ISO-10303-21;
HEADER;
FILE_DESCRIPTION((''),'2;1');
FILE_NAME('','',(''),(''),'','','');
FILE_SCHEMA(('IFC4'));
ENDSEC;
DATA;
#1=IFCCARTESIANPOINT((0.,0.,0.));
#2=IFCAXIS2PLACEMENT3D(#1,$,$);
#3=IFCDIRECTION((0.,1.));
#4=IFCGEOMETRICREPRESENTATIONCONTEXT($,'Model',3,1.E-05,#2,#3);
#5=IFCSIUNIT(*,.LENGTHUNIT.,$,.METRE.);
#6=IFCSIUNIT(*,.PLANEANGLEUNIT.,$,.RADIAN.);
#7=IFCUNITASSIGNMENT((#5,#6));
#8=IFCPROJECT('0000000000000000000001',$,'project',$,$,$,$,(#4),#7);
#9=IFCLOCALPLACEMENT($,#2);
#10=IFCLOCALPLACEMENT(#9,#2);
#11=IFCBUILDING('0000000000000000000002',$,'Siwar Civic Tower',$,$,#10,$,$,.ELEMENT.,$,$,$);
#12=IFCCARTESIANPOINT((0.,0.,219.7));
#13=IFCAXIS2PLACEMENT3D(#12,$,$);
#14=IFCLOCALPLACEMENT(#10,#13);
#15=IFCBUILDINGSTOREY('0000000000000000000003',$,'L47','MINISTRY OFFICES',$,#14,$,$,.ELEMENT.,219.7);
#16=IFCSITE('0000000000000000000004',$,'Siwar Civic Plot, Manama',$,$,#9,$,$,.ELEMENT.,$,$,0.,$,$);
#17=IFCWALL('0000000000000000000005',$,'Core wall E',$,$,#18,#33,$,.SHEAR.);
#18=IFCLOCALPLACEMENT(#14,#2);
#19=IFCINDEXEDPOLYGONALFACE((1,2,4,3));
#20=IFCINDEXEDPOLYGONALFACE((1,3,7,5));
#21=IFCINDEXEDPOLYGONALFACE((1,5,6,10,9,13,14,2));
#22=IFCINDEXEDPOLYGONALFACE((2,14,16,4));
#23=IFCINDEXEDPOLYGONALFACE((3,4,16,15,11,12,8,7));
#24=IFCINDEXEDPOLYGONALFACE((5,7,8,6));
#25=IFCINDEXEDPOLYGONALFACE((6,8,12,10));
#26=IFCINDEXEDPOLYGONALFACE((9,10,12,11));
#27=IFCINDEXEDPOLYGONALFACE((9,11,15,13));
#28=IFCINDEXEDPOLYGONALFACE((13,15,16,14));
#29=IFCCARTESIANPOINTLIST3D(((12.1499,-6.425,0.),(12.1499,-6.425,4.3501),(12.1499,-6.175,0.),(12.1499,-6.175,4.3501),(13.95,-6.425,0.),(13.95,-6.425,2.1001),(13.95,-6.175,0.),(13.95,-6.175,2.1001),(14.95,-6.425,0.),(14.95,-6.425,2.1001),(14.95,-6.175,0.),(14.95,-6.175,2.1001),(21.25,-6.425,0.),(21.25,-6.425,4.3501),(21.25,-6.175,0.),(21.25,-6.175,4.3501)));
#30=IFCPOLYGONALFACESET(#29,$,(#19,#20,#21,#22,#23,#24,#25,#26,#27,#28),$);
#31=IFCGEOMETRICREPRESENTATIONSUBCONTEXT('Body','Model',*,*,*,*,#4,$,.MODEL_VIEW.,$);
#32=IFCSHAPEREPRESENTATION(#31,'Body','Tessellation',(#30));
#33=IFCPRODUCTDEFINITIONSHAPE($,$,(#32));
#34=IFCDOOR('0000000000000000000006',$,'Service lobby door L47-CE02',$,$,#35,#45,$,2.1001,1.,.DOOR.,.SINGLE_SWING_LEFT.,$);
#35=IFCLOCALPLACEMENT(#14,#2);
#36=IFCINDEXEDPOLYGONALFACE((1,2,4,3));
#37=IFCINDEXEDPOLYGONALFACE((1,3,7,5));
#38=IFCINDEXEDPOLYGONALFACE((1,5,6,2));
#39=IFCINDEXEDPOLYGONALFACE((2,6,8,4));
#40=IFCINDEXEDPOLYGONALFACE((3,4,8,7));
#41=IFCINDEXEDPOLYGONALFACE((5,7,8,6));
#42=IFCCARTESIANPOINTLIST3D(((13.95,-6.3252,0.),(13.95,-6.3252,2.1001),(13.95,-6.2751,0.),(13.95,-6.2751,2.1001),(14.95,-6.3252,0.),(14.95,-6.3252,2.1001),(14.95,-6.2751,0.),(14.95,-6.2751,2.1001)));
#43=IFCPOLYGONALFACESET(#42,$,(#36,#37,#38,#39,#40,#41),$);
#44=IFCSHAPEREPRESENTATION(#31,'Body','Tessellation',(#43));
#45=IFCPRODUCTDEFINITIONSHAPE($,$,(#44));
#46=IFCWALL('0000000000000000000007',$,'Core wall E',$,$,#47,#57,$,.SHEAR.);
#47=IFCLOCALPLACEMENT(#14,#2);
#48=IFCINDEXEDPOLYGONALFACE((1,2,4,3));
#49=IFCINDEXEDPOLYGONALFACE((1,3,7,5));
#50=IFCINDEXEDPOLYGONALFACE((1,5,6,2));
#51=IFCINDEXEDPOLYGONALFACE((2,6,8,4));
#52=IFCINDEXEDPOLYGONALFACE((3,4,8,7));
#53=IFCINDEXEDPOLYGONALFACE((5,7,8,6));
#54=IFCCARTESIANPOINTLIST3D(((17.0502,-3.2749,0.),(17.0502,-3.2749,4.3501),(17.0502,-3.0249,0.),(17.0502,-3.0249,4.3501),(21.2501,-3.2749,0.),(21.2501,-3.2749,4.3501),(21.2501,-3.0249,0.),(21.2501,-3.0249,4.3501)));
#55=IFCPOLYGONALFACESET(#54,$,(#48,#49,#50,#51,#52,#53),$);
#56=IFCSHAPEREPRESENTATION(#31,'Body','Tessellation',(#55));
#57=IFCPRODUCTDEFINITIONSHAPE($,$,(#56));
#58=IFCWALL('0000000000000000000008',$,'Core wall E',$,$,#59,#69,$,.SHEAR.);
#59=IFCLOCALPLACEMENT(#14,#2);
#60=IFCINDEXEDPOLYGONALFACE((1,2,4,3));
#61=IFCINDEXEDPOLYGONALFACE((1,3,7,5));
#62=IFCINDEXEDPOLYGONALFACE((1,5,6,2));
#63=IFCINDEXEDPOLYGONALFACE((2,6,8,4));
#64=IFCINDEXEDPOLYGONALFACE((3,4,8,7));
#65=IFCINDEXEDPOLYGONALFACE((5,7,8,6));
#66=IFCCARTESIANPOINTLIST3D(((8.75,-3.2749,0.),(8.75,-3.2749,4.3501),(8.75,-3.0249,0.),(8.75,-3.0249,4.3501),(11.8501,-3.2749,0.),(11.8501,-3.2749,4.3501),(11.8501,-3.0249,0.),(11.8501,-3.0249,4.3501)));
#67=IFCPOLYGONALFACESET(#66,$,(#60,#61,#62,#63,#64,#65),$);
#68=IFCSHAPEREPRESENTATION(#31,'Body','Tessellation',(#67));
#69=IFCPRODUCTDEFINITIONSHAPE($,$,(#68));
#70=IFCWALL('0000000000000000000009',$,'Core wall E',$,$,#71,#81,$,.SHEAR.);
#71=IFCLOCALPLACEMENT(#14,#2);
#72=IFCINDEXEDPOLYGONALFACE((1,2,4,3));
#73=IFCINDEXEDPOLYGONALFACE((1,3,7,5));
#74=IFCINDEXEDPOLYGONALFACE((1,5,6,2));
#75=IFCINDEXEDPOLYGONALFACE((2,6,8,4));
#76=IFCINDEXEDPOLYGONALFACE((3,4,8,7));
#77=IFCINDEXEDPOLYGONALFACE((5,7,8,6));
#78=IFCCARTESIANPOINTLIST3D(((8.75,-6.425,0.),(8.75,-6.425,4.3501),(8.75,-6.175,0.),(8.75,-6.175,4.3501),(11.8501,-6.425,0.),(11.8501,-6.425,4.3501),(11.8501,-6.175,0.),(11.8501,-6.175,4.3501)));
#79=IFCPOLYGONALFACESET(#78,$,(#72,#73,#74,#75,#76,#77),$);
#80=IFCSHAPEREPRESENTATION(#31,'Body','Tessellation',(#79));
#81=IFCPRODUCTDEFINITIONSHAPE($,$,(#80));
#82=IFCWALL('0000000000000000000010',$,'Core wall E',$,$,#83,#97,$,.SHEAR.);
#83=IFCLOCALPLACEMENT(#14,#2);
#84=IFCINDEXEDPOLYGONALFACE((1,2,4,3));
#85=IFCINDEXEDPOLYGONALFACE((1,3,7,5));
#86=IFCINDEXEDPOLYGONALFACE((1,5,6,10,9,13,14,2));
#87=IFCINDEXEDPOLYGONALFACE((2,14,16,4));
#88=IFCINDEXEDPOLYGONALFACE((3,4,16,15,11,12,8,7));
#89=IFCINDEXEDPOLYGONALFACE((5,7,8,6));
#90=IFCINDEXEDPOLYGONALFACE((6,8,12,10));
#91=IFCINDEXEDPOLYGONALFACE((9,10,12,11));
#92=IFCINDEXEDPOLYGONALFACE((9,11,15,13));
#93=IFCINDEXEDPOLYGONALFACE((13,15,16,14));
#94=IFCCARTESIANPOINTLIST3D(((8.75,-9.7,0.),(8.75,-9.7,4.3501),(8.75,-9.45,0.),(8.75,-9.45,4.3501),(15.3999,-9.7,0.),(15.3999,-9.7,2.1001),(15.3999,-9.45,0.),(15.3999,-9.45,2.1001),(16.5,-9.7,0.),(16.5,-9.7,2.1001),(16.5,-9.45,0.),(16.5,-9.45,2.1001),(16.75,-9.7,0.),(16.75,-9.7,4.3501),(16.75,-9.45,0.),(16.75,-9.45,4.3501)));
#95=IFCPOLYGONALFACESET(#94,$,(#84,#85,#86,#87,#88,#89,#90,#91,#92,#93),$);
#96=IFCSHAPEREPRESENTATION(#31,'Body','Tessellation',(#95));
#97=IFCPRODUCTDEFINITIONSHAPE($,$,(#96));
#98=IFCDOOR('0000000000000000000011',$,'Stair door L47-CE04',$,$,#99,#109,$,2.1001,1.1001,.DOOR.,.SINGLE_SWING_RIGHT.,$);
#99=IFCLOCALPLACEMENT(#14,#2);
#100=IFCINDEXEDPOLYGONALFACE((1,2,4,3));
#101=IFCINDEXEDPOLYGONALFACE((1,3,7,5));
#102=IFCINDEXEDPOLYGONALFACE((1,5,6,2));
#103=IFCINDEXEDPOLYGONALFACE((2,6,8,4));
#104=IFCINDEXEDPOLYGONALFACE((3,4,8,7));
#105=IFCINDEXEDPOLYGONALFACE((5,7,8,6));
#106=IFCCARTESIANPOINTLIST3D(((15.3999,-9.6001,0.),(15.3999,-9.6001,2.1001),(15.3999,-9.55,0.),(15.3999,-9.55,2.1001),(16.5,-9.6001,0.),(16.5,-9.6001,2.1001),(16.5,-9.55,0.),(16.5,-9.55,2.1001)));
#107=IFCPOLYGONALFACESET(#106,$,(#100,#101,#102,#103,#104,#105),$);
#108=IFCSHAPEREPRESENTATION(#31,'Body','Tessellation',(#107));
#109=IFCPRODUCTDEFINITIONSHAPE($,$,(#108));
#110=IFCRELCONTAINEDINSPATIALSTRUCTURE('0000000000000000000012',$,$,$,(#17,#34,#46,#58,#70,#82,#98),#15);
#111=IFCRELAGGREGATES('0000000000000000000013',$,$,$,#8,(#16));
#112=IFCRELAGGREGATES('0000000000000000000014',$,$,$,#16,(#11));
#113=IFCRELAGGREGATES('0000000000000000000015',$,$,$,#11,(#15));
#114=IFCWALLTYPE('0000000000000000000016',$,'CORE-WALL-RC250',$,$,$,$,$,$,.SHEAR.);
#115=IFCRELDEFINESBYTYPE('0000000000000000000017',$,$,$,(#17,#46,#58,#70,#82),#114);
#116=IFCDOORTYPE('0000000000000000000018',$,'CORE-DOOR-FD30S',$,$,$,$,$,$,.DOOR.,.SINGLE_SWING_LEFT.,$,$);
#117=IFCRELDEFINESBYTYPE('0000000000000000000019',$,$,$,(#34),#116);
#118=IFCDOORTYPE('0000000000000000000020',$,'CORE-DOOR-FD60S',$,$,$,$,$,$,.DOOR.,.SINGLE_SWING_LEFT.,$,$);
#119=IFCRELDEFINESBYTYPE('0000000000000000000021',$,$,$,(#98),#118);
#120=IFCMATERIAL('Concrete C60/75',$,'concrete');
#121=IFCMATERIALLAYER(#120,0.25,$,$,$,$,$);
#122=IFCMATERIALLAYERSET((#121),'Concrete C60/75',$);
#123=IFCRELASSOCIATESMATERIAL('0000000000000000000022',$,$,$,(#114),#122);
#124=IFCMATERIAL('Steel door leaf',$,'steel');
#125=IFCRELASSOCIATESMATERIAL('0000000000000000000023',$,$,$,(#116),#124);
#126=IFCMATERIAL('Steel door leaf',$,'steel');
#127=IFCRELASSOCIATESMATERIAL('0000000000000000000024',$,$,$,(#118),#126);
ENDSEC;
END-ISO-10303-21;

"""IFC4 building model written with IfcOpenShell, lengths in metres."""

from ifc_helpers import new_model, si_unit, direction, frame, frame_2d, origin, place, context, subcontext, project, spatial, rectangle, extrude, material, layer, layer_set, type_object, element, fill, save


model = new_model("IFC4")

# Units and contexts
model_context = context("Model", 3, precision=1e-05, world=origin(), true_north=direction((0.0, 1.0)))
body_context = subcontext(model_context, "Body", "Model", "MODEL_VIEW")
ifc_project = project(units=[si_unit("LENGTHUNIT", "METRE"), si_unit("PLANEANGLEUNIT", "RADIAN")], contexts=[model_context])

# Site, building, storey
site_placement = place(None, origin())
site = spatial("IfcSite", under=ifc_project, at=site_placement, Name="Siwar Civic Plot, Manama", CompositionType="ELEMENT", RefElevation=0.0)
building_placement = place(site_placement, origin())
building = spatial("IfcBuilding", under=site, at=building_placement, Name="Siwar Civic Tower", CompositionType="ELEMENT")
storey_placement = place(building_placement, frame((0.0, 0.0, 219.7)))
storey = spatial("IfcBuildingStorey", under=building, at=storey_placement, Name="L47", Description="MINISTRY OFFICES", CompositionType="ELEMENT", Elevation=219.7)

# Wall, opening, door
ifc_material_1 = material(Name="Concrete C60/75", Category="concrete")
ifc_layer_1 = layer(ifc_material_1, 0.25)
ifc_layer_set_1 = layer_set([ifc_layer_1], Name="Concrete C60/75")
wall_type_1 = type_object("IfcWallType", Name="CORE-WALL-RC250", PredefinedType="SHEAR", material=ifc_layer_set_1)
wall_1_placement = place(storey_placement, frame((12.1499, -6.3, 0.0), z_axis=(0.0, 0.0, 1.0), x_axis=(1.0, 0.0, 0.0)))
wall_1 = element("IfcWall", 1, at=wall_1_placement, inside=storey, type_object=wall_type_1, Name="Core wall E", PredefinedType="SHEAR", context=body_context, shape_type="SweptSolid", body=[
    extrude(rectangle(XDim=9.1001, YDim=0.25, at=frame_2d((4.55, 0.0))), origin(), (0.0, 0.0, 1.0), 4.3501),
])
opening_1_placement = place(wall_1_placement, frame((1.8, 0.0, 0.0)))
opening_1 = element("IfcOpeningElement", 2, at=opening_1_placement, cuts=wall_1, PredefinedType="OPENING", context=body_context, shape_type="SweptSolid", body=[
    extrude(rectangle(XDim=1.0, YDim=2.1001, at=frame_2d((0.5, 1.05))), frame((0.0, 0.135, 0.0), z_axis=(0.0, -1.0, 0.0), x_axis=(1.0, 0.0, 0.0)), (0.0, 0.0, 1.0), 0.27),
])
ifc_material_2 = material(Name="Steel door leaf", Category="steel")
door_type_1 = type_object("IfcDoorType", Name="CORE-DOOR-FD30S", OperationType="SINGLE_SWING_LEFT", PredefinedType="DOOR", material=ifc_material_2)
door_1_placement = place(opening_1_placement, origin())
door_1 = element("IfcDoor", 3, at=door_1_placement, inside=storey, type_object=door_type_1, Name="Service lobby door L47-CE02", OperationType="SINGLE_SWING_LEFT", OverallHeight=2.1001, OverallWidth=1.0, PredefinedType="DOOR", context=body_context, shape_type="SweptSolid", body=[
    extrude(rectangle(XDim=1.0, YDim=2.1001, at=frame_2d((0.5, 1.05))), frame((0.0, 0.0249, 0.0), z_axis=(0.0, -1.0, 0.0), x_axis=(1.0, 0.0, 0.0)), (0.0, 0.0, 1.0), 0.05),
])
fill(opening_1, door_1)

# Walls
wall_2_placement = place(storey_placement, frame((17.05, -3.1499, 0.0), z_axis=(0.0, 0.0, 1.0), x_axis=(1.0, 0.0, 0.0)))
element("IfcWall", 4, at=wall_2_placement, inside=storey, type_object=wall_type_1, Name="Core wall E", PredefinedType="SHEAR", context=body_context, shape_type="SweptSolid", body=[
    extrude(rectangle(XDim=4.2, YDim=0.25, at=frame_2d((2.1001, 0.0))), origin(), (0.0, 0.0, 1.0), 4.3501),
])
for number, where, z_axis, x_axis, name in (
    (5, (8.75, -3.1499, 0.0), (0.0, 0.0, 1.0), (1.0, 0.0, 0.0), "Core wall E"),
    (6, (8.75, -6.3, 0.0), (0.0, 0.0, 1.0), (1.0, 0.0, 0.0), "Core wall E"),
):
    element("IfcWall", number, at=place(storey_placement, frame(where, z_axis=z_axis, x_axis=x_axis)), inside=storey, type_object=wall_type_1, Name=name, PredefinedType="SHEAR", context=body_context, shape_type="SweptSolid", body=[
        extrude(rectangle(XDim=3.1001, YDim=0.25, at=frame_2d((1.55, 0.0))), origin(), (0.0, 0.0, 1.0), 4.3501),
    ])

# Wall, opening, door
wall_3_placement = place(storey_placement, frame((8.75, -9.575, 0.0), z_axis=(0.0, 0.0, 1.0), x_axis=(1.0, 0.0, 0.0)))
wall_3 = element("IfcWall", 7, at=wall_3_placement, inside=storey, type_object=wall_type_1, Name="Core wall E", PredefinedType="SHEAR", context=body_context, shape_type="SweptSolid", body=[
    extrude(rectangle(XDim=8.0, YDim=0.25, at=frame_2d((4.0, 0.0))), origin(), (0.0, 0.0, 1.0), 4.3501),
])
opening_2_placement = place(wall_3_placement, frame((6.6499, 0.0, 0.0)))
opening_2 = element("IfcOpeningElement", 8, at=opening_2_placement, cuts=wall_3, PredefinedType="OPENING", context=body_context, shape_type="SweptSolid", body=[
    extrude(rectangle(XDim=1.1001, YDim=2.1001, at=frame_2d((0.55, 1.05))), frame((0.0, 0.135, 0.0), z_axis=(0.0, -1.0, 0.0), x_axis=(1.0, 0.0, 0.0)), (0.0, 0.0, 1.0), 0.27),
])
ifc_material_3 = material(Name="Steel door leaf", Category="steel")
door_type_2 = type_object("IfcDoorType", Name="CORE-DOOR-FD60S", OperationType="SINGLE_SWING_LEFT", PredefinedType="DOOR", material=ifc_material_3)
door_2_placement = place(opening_2_placement, origin())
door_2 = element("IfcDoor", 9, at=door_2_placement, inside=storey, type_object=door_type_2, Name="Stair door L47-CE04", OperationType="SINGLE_SWING_RIGHT", OverallHeight=2.1001, OverallWidth=1.1001, PredefinedType="DOOR", context=body_context, shape_type="SweptSolid", body=[
    extrude(rectangle(XDim=1.1001, YDim=2.1001, at=frame_2d((0.55, 1.05))), frame((0.0, 0.0249, 0.0), z_axis=(0.0, -1.0, 0.0), x_axis=(1.0, 0.0, 0.0)), (0.0, 0.0, 1.0), 0.05),
])
fill(opening_2, door_2)

save(model, "model.ifc")
